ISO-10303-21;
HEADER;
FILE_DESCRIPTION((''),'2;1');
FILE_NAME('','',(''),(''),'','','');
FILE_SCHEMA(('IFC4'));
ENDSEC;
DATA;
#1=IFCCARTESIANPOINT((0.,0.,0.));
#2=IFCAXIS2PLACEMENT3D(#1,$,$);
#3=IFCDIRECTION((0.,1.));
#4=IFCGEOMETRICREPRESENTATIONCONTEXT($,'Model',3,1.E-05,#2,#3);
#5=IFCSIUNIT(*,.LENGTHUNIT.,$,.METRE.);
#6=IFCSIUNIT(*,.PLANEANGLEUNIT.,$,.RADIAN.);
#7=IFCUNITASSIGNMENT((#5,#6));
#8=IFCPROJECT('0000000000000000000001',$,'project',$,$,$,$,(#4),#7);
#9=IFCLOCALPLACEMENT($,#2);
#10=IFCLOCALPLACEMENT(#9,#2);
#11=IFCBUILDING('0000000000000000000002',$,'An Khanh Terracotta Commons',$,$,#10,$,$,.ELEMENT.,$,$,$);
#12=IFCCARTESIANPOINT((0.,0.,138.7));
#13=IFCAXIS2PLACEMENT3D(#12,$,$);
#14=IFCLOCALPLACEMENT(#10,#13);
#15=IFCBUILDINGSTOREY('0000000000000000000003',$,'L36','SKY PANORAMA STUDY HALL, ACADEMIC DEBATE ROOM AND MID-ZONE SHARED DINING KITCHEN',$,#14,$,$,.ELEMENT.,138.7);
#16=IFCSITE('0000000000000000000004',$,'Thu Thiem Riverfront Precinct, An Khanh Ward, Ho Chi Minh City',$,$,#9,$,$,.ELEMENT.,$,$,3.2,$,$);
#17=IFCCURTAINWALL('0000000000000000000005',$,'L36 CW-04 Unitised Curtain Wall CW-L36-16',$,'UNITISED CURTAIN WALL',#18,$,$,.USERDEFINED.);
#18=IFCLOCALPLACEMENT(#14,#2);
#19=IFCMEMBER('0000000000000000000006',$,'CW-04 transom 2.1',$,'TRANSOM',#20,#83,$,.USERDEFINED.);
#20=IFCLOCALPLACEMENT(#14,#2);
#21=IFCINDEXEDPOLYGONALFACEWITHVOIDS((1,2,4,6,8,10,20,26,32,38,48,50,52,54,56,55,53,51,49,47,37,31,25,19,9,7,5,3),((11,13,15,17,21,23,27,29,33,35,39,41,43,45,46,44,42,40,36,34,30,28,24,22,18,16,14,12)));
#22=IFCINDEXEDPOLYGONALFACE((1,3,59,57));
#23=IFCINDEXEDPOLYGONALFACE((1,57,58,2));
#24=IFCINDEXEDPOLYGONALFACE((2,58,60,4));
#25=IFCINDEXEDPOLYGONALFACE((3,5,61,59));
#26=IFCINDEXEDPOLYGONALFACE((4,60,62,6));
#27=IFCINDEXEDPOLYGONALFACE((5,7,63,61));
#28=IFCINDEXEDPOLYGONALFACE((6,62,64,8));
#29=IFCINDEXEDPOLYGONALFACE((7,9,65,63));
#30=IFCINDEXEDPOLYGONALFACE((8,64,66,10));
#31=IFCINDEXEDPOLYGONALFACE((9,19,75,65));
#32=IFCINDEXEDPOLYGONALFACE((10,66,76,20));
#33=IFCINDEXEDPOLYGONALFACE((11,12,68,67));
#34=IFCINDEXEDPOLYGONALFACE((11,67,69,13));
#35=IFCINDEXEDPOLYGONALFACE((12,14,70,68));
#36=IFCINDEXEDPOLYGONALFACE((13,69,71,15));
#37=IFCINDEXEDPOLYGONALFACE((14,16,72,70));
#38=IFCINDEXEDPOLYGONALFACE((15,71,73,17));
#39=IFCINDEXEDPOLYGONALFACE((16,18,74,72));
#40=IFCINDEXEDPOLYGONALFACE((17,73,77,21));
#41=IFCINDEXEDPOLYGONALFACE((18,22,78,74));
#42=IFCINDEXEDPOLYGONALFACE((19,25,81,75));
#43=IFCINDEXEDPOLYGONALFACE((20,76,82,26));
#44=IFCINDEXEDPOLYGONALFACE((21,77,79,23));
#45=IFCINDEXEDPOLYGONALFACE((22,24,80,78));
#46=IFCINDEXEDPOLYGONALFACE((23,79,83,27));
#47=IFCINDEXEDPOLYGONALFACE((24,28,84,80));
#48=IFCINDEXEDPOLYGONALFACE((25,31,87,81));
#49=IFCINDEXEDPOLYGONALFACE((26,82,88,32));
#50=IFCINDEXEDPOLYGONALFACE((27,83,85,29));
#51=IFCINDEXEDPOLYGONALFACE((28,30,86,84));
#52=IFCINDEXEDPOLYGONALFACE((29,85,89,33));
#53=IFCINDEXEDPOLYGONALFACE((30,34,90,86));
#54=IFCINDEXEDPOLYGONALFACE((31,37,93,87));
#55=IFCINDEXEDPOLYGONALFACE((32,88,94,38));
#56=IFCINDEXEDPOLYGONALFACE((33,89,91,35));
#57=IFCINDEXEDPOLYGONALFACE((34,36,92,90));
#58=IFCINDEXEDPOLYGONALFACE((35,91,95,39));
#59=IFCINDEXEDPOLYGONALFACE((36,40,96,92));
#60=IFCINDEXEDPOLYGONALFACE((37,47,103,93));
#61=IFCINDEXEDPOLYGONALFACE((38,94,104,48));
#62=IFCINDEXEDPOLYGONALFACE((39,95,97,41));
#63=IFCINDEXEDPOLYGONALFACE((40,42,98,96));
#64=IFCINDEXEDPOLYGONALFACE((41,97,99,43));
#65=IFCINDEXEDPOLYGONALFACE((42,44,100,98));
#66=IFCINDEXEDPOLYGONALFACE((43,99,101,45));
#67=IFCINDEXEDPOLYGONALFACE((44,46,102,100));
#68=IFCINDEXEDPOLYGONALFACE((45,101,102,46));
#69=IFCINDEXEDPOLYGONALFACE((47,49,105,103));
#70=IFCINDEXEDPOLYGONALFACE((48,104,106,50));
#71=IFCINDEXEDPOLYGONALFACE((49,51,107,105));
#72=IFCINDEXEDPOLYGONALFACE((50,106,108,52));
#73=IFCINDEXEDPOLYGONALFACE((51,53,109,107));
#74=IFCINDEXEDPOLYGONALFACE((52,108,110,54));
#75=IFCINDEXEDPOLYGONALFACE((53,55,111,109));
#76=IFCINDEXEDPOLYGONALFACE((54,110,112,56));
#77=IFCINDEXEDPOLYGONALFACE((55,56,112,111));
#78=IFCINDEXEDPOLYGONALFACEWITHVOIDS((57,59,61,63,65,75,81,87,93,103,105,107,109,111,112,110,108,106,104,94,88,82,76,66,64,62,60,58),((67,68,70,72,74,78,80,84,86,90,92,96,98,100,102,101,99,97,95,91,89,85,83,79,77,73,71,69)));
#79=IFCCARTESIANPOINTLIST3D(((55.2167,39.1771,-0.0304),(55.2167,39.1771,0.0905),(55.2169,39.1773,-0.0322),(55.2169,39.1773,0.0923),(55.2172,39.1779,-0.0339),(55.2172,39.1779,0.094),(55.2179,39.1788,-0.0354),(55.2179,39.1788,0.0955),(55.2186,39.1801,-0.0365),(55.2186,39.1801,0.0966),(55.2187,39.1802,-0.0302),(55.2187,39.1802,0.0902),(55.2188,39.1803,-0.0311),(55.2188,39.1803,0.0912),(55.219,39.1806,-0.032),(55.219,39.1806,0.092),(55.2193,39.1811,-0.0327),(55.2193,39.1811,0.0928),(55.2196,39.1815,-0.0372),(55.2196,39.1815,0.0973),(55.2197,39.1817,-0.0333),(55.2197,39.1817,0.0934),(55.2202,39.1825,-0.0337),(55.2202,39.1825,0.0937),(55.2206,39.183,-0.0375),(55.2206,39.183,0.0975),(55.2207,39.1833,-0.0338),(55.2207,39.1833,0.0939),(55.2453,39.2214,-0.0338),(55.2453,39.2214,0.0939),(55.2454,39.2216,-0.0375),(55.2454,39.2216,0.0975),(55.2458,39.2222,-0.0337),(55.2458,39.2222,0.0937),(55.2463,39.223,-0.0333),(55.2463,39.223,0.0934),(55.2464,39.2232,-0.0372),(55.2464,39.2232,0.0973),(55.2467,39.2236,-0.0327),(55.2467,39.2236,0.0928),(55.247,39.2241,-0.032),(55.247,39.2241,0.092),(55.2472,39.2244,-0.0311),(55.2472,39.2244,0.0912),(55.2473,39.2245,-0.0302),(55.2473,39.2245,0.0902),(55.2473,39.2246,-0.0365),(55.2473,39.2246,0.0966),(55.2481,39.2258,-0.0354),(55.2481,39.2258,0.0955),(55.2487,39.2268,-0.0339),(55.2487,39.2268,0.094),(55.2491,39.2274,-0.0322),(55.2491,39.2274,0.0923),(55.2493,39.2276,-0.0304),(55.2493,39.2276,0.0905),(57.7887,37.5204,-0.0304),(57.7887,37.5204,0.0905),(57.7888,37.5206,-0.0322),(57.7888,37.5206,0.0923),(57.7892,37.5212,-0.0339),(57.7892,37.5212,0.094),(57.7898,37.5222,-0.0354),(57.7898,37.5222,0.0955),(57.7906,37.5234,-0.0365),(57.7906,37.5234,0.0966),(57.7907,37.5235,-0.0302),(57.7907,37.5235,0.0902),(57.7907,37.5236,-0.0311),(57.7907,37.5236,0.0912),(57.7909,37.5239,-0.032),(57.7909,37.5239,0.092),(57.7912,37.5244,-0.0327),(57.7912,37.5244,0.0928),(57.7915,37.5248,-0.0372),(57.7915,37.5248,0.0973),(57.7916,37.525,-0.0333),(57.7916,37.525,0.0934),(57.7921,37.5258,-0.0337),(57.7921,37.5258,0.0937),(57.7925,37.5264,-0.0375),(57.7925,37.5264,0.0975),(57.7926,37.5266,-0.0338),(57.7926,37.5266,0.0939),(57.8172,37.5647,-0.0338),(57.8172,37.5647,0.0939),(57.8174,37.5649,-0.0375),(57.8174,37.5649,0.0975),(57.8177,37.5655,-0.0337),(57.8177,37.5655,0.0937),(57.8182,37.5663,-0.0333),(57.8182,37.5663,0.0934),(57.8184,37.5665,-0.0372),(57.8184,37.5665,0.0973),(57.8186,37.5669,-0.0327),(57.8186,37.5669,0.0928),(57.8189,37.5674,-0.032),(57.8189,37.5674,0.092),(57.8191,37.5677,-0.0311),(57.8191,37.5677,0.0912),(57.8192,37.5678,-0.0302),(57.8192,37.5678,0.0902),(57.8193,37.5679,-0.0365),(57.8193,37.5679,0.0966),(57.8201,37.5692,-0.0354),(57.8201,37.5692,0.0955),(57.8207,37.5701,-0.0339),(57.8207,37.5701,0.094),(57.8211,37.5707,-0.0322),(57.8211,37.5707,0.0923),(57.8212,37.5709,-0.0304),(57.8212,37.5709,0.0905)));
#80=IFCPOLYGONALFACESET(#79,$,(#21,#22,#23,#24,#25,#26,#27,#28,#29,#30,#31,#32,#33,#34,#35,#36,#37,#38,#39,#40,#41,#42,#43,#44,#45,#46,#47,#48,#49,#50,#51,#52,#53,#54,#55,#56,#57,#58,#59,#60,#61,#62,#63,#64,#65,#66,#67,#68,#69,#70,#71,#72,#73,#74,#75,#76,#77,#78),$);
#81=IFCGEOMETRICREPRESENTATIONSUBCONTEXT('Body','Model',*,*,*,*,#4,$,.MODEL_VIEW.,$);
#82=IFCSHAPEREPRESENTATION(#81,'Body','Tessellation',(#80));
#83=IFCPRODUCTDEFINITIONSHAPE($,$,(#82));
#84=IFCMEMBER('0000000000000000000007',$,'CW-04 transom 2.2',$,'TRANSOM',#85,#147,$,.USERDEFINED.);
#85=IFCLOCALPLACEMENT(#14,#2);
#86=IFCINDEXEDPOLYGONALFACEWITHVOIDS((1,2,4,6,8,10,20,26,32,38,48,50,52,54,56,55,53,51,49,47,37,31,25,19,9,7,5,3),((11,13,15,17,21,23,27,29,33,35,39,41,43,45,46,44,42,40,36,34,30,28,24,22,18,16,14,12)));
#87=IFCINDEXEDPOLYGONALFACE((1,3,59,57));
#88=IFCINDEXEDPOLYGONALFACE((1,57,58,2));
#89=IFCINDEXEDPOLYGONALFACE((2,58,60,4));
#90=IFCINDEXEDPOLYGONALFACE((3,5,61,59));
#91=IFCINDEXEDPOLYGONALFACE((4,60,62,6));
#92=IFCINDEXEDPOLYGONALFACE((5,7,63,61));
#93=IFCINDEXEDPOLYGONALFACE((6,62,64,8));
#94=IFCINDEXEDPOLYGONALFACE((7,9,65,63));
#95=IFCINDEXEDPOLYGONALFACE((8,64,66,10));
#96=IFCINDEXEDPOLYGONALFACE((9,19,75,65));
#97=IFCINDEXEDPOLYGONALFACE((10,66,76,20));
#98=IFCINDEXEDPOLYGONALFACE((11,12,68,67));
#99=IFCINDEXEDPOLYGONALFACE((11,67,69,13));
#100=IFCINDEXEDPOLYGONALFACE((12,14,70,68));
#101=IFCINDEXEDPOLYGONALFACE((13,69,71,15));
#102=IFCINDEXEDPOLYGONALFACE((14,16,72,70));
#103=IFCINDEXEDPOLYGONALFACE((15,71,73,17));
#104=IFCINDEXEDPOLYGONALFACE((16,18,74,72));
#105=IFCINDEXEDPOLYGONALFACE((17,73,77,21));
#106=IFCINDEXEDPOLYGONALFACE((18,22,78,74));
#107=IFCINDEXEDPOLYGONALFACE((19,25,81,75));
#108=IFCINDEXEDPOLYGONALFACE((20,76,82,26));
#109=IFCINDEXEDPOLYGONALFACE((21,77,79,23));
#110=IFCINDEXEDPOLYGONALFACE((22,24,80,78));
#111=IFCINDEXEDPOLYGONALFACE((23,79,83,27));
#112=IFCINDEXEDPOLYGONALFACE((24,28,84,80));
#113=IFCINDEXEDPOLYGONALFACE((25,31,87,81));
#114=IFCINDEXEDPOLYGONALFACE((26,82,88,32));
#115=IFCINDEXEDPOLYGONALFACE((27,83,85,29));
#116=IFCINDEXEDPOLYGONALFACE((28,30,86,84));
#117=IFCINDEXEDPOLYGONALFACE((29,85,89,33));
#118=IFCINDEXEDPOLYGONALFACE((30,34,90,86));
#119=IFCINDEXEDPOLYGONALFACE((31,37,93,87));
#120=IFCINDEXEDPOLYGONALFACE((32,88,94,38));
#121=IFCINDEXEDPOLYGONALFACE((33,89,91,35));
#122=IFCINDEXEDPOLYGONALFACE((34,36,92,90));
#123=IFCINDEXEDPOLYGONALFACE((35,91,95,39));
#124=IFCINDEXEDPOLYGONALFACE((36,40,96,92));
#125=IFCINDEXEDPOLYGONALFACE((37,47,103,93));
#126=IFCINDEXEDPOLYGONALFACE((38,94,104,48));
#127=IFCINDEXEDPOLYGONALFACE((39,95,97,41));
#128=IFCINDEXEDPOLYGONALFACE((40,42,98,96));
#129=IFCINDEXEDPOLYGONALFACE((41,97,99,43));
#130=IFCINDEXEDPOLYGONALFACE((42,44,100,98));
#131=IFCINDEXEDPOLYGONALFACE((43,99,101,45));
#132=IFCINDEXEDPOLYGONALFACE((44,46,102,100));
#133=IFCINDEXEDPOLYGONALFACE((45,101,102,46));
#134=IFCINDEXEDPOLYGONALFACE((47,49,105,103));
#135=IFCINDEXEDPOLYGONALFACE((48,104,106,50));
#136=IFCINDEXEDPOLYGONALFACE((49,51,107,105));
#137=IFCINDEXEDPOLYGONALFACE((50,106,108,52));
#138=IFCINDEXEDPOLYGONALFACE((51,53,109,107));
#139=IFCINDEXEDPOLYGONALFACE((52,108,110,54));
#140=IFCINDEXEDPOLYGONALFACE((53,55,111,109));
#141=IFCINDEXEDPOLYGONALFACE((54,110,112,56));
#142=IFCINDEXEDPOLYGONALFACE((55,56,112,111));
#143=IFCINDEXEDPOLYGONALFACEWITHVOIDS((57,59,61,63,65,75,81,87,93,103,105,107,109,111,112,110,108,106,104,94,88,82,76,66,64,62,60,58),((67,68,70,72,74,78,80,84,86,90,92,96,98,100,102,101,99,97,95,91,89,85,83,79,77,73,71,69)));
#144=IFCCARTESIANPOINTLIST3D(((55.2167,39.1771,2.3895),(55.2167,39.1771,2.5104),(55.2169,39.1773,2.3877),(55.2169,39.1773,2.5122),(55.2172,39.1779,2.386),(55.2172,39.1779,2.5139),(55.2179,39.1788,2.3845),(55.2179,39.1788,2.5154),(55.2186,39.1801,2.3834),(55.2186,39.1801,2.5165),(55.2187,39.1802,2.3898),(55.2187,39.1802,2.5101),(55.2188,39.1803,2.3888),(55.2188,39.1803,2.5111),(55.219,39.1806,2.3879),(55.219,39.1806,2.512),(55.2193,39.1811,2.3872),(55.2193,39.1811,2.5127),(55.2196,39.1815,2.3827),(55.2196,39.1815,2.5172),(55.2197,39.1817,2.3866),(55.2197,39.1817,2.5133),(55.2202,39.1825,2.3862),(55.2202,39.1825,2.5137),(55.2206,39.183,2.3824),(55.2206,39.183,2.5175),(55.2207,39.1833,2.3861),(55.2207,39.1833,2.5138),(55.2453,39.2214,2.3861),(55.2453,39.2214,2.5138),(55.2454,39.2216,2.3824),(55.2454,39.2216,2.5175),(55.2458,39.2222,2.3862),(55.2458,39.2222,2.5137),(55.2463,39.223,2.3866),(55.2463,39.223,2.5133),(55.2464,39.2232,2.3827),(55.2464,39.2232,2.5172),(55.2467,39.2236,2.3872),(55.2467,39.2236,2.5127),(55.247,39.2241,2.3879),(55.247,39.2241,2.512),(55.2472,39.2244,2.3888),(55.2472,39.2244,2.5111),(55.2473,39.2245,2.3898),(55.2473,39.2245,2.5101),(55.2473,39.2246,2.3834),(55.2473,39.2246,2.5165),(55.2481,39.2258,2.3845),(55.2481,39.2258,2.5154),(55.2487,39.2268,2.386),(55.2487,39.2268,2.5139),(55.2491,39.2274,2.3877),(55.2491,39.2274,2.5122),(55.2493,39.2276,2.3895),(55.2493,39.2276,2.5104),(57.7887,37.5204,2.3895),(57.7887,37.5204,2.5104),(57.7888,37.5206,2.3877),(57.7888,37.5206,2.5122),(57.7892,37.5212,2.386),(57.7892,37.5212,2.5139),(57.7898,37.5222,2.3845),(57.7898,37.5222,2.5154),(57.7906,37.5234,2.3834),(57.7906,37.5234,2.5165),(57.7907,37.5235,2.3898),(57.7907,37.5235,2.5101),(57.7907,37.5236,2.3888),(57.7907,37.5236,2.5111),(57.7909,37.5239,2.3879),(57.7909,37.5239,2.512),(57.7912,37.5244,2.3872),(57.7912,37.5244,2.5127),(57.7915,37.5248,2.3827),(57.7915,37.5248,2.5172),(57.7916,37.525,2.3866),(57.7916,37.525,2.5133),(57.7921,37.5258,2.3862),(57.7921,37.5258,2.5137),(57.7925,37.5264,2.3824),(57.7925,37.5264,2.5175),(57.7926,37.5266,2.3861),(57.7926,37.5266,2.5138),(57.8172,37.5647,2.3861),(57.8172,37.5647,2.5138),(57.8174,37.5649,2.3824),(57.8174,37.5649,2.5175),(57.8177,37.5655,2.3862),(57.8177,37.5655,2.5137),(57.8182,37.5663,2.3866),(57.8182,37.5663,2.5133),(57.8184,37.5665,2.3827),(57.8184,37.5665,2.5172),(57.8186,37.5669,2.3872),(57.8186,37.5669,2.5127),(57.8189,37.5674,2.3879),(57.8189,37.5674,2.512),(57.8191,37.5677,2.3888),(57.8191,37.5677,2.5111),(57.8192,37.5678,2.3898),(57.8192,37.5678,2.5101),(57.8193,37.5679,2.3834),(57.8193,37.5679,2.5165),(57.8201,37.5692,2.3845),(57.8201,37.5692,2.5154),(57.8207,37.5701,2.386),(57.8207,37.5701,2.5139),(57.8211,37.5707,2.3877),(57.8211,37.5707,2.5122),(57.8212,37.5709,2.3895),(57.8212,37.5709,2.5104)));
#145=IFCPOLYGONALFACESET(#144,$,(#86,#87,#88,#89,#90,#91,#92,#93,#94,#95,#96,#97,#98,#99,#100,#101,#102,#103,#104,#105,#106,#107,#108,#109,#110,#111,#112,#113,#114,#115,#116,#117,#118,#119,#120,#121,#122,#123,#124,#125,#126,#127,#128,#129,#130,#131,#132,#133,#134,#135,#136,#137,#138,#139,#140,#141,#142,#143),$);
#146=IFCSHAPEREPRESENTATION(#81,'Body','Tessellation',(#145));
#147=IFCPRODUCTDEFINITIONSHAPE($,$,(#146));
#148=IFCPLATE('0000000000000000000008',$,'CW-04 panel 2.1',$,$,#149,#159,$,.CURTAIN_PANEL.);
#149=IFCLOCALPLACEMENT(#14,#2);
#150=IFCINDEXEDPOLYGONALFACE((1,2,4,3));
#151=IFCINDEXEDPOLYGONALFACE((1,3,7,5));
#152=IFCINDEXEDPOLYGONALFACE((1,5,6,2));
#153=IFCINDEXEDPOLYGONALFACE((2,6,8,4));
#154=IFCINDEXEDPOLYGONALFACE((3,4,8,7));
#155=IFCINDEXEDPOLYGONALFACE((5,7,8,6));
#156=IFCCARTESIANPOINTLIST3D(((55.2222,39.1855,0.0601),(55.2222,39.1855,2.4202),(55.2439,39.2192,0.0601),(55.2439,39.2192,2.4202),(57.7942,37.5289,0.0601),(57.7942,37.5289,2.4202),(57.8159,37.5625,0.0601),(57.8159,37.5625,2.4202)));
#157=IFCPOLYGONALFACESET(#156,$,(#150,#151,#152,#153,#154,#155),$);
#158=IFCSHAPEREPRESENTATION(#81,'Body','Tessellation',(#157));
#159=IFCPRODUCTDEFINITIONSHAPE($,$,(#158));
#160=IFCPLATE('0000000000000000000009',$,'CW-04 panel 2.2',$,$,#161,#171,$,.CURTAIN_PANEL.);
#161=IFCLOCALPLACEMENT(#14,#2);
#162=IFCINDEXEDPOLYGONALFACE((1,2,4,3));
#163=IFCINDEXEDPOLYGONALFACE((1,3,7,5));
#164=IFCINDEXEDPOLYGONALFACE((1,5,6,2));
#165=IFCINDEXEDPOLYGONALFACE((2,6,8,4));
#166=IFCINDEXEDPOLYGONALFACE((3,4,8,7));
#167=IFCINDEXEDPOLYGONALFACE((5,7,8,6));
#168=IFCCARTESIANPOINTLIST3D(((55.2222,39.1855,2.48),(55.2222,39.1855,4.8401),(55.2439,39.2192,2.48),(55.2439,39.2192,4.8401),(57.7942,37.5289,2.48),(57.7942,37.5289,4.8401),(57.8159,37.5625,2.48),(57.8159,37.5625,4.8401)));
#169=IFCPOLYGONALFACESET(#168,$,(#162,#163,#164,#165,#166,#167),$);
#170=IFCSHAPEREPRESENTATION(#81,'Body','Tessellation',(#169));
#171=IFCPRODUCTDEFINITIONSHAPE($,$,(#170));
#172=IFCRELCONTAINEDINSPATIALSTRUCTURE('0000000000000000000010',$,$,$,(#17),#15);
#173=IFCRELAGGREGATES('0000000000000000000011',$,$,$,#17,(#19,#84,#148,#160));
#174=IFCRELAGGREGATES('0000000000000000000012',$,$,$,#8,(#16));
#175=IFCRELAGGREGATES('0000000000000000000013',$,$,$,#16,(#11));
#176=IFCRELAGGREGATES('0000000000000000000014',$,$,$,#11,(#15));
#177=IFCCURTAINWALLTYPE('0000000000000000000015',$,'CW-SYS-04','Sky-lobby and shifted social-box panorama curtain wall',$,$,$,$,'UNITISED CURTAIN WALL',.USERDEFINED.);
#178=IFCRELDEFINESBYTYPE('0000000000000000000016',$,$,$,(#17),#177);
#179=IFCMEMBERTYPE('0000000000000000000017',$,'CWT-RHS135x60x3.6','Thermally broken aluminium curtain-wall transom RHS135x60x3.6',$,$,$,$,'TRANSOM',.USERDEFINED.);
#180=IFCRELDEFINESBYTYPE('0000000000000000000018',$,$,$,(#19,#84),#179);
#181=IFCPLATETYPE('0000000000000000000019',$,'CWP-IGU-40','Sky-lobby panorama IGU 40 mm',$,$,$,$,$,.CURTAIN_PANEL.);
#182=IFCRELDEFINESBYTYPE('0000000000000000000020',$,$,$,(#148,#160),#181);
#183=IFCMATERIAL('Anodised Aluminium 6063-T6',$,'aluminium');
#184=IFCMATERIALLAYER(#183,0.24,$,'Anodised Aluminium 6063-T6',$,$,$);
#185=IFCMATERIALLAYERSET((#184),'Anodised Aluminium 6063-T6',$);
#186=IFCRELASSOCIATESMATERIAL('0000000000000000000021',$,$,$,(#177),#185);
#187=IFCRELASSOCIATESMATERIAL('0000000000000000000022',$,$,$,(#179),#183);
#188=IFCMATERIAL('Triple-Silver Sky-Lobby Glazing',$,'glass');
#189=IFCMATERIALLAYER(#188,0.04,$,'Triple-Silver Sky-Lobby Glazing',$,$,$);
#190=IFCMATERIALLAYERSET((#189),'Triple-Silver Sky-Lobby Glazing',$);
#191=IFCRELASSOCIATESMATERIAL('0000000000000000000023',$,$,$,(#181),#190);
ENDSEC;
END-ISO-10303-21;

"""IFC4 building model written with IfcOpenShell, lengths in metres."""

from ifc_helpers import new_model, si_unit, direction, frame, origin, origin_2d, place, context, subcontext, project, spatial, rectangle, hollow_rectangle, extrude, material, layer, layer_set, material_profile, profile_set, type_object, element, aggregate, save


model = new_model("IFC4")

# Units and contexts
model_context = context("Model", 3, precision=1e-05, world=origin(), true_north=direction((0.0, 1.0)))
body_context = subcontext(model_context, "Body", "Model", "MODEL_VIEW")
ifc_project = project(units=[si_unit("LENGTHUNIT", "METRE"), si_unit("PLANEANGLEUNIT", "RADIAN")], contexts=[model_context])

# Site, building, storey
site_placement = place(None, origin())
site = spatial("IfcSite", under=ifc_project, at=site_placement, Name="Thu Thiem Riverfront Precinct, An Khanh Ward, Ho Chi Minh City", CompositionType="ELEMENT", RefElevation=3.2)
building_placement = place(site_placement, origin())
building = spatial("IfcBuilding", under=site, at=building_placement, Name="An Khanh Terracotta Commons", CompositionType="ELEMENT")
storey_placement = place(building_placement, frame((0.0, 0.0, 138.7)))
storey = spatial("IfcBuildingStorey", under=building, at=storey_placement, Name="L36", Description="SKY PANORAMA STUDY HALL, ACADEMIC DEBATE ROOM AND MID-ZONE SHARED DINING KITCHEN", CompositionType="ELEMENT", Elevation=138.7)

# Curtain wall, members, plates
ifc_material_1 = material(Name="Anodised Aluminium 6063-T6", Category="aluminium")
ifc_layer_1 = layer(ifc_material_1, 0.24, Name="Anodised Aluminium 6063-T6")
ifc_layer_set_1 = layer_set([ifc_layer_1], Name="Anodised Aluminium 6063-T6")
curtain_wall_type = type_object("IfcCurtainWallType", Name="CW-SYS-04", Description="Sky-lobby and shifted social-box panorama curtain wall", ElementType="UNITISED CURTAIN WALL", PredefinedType="USERDEFINED", material=ifc_layer_set_1)
curtain_wall_placement = place(storey_placement, origin())
curtain_wall = element("IfcCurtainWall", 1, at=curtain_wall_placement, inside=storey, type_object=curtain_wall_type, Name="L36 CW-04 Unitised Curtain Wall CW-L36-16", ObjectType="UNITISED CURTAIN WALL", PredefinedType="USERDEFINED")
ifc_material_profile_1 = material_profile(ifc_material_1, hollow_rectangle(XDim=0.0601, YDim=0.135, WallThickness=0.0037, InnerFilletRadius=0.0037, OuterFilletRadius=0.0071, at=origin_2d()), Name="RHS135x60x3.6")
ifc_profile_set_1 = profile_set([ifc_material_profile_1], Name="Anodised Aluminium 6063-T6")
member_type_1 = type_object("IfcMemberType", Name="CWT-RHS135x60x3.6", Description="Thermally broken aluminium curtain-wall transom RHS135x60x3.6", ElementType="TRANSOM", PredefinedType="USERDEFINED", material=ifc_profile_set_1)
member_1_placement = place(storey_placement, frame((57.8049, 37.5457, 0.03), z_axis=(-0.840688, 0.54152, 0.0), x_axis=(-0.54152, -0.840688, 0.0)))
member_1 = element("IfcMember", 2, at=member_1_placement, type_object=member_type_1, Name="CW-04 transom 2.1", ObjectType="TRANSOM", PredefinedType="USERDEFINED", context=body_context, shape_type="SweptSolid", body=[
    extrude(hollow_rectangle(XDim=0.0601, YDim=0.135, WallThickness=0.0037, InnerFilletRadius=0.0037, OuterFilletRadius=0.0071, at=origin_2d()), origin(), (0.0, 0.0, 1.0), 3.0593),
])
member_2_placement = place(storey_placement, frame((57.8049, 37.5457, 2.45), z_axis=(-0.840688, 0.54152, 0.0), x_axis=(-0.54152, -0.840688, 0.0)))
member_2 = element("IfcMember", 3, at=member_2_placement, type_object=member_type_1, Name="CW-04 transom 2.2", ObjectType="TRANSOM", PredefinedType="USERDEFINED", context=body_context, shape_type="SweptSolid", body=[
    extrude(hollow_rectangle(XDim=0.0601, YDim=0.135, WallThickness=0.0037, InnerFilletRadius=0.0037, OuterFilletRadius=0.0071, at=origin_2d()), origin(), (0.0, 0.0, 1.0), 3.0593),
])
ifc_material_2 = material(Name="Triple-Silver Sky-Lobby Glazing", Category="glass")
ifc_layer_2 = layer(ifc_material_2, 0.04, Name="Triple-Silver Sky-Lobby Glazing")
ifc_layer_set_2 = layer_set([ifc_layer_2], Name="Triple-Silver Sky-Lobby Glazing")
plate_type = type_object("IfcPlateType", Name="CWP-IGU-40", Description="Sky-lobby panorama IGU 40 mm", PredefinedType="CURTAIN_PANEL", material=ifc_layer_set_2)
plate_1_placement = place(storey_placement, frame((56.519, 38.374, 0.0601), z_axis=(0.0, 0.0, 1.0), x_axis=(-0.840702, 0.541498, 0.0)))
plate_1 = element("IfcPlate", 4, at=plate_1_placement, type_object=plate_type, Name="CW-04 panel 2.1", PredefinedType="CURTAIN_PANEL", context=body_context, shape_type="SweptSolid", body=[
    extrude(rectangle(XDim=3.0593, YDim=0.04, at=origin_2d()), origin(), (0.0, 0.0, 1.0), 2.3601),
])
plate_2_placement = place(storey_placement, frame((56.519, 38.374, 2.48), z_axis=(0.0, 0.0, 1.0), x_axis=(-0.840702, 0.541498, 0.0)))
plate_2 = element("IfcPlate", 5, at=plate_2_placement, type_object=plate_type, Name="CW-04 panel 2.2", PredefinedType="CURTAIN_PANEL", context=body_context, shape_type="SweptSolid", body=[
    extrude(rectangle(XDim=3.0593, YDim=0.04, at=origin_2d()), origin(), (0.0, 0.0, 1.0), 2.3601),
])
aggregate(curtain_wall, [member_1, member_2, plate_1, plate_2])

save(model, "model.ifc")
